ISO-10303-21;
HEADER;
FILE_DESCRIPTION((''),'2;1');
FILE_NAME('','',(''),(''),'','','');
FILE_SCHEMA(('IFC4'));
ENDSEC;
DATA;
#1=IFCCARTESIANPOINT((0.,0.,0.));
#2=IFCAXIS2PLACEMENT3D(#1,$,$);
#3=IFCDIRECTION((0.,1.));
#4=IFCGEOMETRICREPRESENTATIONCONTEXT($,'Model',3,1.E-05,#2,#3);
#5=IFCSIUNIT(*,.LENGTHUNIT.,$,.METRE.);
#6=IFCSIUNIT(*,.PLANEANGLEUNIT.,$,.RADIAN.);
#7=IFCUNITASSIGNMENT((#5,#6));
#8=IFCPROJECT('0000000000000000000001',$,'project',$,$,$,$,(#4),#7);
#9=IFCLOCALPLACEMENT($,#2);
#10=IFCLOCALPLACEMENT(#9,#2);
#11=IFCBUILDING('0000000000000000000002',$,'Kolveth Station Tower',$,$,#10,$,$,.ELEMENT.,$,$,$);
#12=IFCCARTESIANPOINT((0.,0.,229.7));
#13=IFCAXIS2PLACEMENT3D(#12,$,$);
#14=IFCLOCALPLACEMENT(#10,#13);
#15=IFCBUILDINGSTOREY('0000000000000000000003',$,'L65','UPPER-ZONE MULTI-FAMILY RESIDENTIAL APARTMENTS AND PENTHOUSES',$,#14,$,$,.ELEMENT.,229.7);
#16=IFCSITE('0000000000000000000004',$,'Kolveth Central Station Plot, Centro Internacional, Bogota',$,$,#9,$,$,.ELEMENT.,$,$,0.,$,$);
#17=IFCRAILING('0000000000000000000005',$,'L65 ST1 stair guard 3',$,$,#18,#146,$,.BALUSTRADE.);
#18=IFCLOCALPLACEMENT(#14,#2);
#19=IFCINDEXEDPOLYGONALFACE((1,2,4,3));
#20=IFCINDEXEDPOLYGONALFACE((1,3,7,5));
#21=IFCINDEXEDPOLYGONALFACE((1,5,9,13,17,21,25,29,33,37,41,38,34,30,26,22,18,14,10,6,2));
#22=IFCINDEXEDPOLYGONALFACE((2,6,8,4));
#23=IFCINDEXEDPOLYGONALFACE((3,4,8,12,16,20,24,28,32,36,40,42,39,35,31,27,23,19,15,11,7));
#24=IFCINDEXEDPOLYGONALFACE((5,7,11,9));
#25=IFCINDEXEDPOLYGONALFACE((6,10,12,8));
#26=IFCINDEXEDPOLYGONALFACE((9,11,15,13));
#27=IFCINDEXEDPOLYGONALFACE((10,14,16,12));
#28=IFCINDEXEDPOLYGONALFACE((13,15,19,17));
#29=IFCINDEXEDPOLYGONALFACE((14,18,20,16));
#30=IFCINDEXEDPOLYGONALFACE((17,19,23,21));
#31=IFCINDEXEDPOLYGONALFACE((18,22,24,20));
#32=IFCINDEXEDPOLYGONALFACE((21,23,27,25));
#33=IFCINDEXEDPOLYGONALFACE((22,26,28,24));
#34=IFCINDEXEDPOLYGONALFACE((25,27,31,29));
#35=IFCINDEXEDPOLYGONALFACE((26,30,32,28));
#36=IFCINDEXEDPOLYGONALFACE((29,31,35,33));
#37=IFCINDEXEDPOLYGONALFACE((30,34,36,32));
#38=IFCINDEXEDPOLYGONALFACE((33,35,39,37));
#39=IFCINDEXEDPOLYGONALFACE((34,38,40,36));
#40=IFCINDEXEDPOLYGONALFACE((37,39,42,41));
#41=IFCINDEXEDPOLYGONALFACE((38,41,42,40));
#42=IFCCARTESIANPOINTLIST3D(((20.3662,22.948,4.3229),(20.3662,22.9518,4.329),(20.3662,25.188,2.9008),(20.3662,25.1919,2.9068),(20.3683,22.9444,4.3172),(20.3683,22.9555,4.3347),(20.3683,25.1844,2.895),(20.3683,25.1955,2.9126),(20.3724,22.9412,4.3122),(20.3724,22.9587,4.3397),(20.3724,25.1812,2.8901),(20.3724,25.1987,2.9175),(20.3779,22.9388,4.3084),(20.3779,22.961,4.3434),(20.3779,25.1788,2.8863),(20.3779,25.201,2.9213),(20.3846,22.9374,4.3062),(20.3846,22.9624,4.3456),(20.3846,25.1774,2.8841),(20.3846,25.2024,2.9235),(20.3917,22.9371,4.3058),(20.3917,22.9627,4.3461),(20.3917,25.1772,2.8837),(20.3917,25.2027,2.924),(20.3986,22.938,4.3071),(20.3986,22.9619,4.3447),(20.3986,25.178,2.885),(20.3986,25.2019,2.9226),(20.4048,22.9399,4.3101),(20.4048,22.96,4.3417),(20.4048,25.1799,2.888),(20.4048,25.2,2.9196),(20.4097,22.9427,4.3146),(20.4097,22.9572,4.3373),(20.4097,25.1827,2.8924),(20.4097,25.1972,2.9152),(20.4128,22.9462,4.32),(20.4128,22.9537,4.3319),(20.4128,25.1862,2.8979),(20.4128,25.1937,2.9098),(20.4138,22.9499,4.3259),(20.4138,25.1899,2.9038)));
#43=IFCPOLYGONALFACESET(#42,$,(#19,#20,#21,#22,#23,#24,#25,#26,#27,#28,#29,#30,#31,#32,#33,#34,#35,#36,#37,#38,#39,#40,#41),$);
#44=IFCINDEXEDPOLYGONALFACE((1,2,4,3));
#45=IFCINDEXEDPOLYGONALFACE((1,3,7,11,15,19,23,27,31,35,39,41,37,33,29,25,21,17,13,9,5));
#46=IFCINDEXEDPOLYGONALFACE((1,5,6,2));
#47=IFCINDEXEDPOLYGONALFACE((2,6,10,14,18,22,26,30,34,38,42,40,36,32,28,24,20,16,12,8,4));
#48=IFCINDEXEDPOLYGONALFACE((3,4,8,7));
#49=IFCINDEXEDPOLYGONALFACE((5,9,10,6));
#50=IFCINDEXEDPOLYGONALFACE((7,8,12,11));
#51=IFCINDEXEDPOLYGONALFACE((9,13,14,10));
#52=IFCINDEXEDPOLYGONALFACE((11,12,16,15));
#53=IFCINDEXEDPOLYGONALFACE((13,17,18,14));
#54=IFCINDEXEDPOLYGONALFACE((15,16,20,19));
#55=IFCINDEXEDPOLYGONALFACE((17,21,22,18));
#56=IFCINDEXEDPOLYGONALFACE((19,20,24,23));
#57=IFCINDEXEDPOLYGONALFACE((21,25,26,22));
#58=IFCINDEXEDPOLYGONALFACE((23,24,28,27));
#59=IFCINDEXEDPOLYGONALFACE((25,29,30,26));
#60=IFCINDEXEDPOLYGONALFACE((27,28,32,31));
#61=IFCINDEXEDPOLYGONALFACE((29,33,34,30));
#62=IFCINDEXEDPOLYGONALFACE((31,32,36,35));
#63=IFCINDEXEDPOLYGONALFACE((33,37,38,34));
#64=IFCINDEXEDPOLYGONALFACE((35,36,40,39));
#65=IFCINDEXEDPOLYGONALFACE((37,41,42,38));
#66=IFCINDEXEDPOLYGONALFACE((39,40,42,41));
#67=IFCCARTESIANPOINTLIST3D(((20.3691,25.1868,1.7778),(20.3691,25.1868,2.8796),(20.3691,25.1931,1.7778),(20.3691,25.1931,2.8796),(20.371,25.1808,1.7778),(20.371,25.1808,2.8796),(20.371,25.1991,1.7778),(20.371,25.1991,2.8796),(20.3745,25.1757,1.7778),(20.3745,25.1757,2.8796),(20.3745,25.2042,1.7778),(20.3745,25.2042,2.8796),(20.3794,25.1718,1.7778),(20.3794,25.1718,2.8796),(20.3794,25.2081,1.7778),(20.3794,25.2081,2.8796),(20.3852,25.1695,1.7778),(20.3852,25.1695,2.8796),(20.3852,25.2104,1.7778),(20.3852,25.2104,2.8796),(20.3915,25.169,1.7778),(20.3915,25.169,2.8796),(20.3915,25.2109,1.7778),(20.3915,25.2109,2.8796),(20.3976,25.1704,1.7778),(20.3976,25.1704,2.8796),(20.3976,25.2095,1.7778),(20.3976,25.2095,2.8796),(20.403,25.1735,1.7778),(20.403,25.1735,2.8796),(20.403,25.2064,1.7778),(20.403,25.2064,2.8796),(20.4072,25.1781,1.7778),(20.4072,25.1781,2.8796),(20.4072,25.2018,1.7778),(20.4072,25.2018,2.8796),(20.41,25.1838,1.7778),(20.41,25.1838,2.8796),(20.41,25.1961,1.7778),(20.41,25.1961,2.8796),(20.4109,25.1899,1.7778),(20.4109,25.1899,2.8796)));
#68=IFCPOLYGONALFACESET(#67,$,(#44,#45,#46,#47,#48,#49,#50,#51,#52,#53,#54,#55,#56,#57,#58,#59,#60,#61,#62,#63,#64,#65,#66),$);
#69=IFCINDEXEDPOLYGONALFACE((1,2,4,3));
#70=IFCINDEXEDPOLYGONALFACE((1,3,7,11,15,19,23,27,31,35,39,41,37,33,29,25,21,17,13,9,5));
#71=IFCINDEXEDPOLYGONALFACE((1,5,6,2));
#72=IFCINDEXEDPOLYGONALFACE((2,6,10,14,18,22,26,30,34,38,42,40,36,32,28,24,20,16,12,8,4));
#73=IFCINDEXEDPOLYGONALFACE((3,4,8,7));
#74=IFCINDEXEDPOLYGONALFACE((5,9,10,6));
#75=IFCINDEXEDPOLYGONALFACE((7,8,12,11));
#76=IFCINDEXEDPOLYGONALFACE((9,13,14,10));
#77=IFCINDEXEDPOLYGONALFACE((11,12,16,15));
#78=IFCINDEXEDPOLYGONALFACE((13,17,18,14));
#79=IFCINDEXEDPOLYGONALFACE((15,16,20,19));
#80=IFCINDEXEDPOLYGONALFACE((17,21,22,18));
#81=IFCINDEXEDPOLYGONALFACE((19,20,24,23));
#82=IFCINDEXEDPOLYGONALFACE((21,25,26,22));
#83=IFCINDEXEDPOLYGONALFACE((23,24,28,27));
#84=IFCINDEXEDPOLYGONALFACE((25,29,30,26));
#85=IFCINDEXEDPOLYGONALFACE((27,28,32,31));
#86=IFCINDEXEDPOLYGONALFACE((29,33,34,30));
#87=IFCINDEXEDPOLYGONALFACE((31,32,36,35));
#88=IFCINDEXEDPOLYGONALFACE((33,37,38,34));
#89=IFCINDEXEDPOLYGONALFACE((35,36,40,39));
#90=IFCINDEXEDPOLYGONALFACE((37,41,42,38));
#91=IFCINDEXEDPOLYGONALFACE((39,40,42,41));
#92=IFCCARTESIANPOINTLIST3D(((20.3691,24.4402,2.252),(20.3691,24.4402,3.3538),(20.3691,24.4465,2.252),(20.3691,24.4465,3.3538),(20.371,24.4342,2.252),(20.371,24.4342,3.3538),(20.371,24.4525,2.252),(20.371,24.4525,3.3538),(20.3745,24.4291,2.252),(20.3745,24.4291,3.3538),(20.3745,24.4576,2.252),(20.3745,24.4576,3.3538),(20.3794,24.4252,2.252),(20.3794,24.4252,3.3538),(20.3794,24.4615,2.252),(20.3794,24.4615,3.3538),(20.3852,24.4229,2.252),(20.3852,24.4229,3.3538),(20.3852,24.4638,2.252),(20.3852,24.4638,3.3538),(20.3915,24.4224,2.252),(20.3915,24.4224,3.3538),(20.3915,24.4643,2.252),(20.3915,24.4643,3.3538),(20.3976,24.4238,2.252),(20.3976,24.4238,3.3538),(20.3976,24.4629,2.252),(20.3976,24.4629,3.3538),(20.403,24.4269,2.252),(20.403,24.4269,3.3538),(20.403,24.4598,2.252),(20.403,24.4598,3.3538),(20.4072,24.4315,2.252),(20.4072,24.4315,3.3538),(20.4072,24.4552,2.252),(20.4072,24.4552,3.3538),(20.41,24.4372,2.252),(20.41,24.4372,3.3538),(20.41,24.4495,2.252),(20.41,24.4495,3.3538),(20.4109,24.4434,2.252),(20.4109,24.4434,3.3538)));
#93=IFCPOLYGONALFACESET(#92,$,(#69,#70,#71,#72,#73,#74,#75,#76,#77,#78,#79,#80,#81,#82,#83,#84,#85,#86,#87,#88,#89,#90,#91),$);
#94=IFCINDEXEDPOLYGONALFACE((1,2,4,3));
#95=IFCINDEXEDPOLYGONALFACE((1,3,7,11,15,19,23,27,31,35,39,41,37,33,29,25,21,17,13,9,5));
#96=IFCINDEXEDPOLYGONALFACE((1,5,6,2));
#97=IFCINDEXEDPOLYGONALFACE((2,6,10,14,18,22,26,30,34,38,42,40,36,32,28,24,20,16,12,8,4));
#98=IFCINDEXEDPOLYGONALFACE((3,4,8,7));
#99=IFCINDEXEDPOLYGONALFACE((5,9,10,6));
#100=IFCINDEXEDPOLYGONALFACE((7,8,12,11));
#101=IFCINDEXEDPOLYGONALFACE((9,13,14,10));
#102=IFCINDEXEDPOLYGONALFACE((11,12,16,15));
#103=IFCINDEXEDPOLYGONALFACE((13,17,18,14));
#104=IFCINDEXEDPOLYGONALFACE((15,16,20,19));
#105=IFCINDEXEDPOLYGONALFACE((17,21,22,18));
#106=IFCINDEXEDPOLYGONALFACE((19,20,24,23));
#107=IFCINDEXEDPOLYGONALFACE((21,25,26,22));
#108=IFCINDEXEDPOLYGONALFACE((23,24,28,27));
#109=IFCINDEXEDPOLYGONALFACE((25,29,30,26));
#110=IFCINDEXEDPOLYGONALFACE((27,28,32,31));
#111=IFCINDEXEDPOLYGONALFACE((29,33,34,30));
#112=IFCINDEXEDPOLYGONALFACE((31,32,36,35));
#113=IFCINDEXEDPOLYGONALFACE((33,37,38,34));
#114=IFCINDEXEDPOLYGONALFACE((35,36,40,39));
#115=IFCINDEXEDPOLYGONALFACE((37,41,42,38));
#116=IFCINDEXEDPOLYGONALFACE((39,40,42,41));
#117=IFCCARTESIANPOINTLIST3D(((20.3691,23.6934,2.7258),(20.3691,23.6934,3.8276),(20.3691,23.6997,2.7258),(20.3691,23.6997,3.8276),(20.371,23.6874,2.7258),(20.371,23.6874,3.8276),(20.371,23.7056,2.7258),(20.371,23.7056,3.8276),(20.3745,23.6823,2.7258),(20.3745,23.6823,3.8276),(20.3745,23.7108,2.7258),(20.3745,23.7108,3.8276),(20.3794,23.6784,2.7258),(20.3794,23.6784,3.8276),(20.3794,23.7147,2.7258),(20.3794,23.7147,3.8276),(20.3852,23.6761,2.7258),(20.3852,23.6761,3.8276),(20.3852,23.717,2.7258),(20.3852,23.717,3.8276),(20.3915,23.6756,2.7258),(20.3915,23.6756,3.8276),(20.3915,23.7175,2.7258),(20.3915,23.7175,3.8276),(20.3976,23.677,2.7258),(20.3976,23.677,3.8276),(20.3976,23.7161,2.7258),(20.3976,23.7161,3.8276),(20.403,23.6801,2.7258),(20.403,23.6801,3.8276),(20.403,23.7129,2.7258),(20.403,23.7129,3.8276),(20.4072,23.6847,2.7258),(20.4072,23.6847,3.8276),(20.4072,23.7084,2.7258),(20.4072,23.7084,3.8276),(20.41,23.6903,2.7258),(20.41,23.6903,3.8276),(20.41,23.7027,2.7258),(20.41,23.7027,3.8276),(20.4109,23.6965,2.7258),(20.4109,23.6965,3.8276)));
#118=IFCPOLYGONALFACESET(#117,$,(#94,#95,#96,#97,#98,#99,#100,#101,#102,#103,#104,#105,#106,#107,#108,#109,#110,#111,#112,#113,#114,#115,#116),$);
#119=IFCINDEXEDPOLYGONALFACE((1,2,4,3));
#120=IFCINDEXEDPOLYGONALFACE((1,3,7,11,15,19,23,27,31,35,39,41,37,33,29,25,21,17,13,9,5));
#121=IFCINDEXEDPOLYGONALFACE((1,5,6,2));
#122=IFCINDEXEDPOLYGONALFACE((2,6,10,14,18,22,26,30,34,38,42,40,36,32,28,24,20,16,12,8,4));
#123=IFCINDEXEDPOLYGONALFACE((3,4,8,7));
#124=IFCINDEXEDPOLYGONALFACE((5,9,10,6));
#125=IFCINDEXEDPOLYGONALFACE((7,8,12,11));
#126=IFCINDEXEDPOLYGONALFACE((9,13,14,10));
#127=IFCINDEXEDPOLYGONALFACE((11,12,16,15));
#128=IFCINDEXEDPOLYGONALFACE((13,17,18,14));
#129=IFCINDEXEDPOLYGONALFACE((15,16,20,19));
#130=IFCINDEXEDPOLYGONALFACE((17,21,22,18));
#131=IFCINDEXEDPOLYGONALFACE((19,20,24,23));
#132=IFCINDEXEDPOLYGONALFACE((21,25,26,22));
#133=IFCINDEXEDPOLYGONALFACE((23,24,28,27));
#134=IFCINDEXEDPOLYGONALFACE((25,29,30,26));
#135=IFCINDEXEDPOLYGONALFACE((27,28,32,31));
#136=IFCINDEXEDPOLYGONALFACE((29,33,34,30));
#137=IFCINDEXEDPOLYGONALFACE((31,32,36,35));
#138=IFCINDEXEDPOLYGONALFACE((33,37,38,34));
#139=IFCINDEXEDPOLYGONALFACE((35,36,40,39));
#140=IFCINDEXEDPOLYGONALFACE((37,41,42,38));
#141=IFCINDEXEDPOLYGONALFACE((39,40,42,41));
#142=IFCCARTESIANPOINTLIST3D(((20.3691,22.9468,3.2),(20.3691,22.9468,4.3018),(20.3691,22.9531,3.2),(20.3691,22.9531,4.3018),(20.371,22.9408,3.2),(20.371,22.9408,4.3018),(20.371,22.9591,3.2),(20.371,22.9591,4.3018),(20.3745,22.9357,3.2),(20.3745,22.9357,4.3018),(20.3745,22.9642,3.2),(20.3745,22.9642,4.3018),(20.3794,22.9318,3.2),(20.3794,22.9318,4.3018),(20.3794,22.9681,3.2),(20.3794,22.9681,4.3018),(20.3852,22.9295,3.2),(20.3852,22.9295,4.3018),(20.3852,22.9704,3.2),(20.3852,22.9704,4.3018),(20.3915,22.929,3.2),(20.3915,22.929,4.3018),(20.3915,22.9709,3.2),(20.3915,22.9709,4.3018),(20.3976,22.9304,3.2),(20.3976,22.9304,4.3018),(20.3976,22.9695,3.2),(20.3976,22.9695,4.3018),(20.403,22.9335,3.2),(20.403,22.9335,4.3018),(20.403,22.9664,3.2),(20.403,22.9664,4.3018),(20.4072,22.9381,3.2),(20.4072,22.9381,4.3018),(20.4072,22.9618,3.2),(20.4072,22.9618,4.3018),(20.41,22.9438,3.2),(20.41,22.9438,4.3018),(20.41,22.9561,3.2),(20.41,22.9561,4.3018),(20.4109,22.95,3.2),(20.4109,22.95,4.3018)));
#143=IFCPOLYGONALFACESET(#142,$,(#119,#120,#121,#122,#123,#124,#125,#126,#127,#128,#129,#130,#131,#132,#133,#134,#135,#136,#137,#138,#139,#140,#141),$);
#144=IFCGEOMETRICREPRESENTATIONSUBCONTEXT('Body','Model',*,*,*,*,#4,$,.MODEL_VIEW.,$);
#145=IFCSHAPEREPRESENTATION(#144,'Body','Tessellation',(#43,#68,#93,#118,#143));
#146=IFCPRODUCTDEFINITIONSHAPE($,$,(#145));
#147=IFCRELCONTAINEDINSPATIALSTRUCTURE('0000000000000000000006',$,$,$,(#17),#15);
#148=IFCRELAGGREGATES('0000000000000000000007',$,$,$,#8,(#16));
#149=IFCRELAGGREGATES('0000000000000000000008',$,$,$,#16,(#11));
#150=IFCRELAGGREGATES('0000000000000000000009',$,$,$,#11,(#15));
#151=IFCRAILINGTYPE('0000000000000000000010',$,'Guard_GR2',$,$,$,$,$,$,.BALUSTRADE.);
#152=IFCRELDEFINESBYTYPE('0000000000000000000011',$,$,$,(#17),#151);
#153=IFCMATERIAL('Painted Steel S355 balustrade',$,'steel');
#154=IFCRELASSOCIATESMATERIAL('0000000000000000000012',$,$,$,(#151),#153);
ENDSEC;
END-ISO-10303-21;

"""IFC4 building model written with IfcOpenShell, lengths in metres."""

from ifc_helpers import new_model, si_unit, direction, frame, origin, origin_2d, place, context, subcontext, project, spatial, circle, extrude, material, type_object, element, save


model = new_model("IFC4")

# Units and contexts
model_context = context("Model", 3, precision=1e-05, world=origin(), true_north=direction((0.0, 1.0)))
body_context = subcontext(model_context, "Body", "Model", "MODEL_VIEW")
ifc_project = project(units=[si_unit("LENGTHUNIT", "METRE"), si_unit("PLANEANGLEUNIT", "RADIAN")], contexts=[model_context])

# Site, building, storey
site_placement = place(None, origin())
site = spatial("IfcSite", under=ifc_project, at=site_placement, Name="Kolveth Central Station Plot, Centro Internacional, Bogota", CompositionType="ELEMENT", RefElevation=0.0)
building_placement = place(site_placement, origin())
building = spatial("IfcBuilding", under=site, at=building_placement, Name="Kolveth Station Tower", CompositionType="ELEMENT")
storey_placement = place(building_placement, frame((0.0, 0.0, 229.7)))
storey = spatial("IfcBuildingStorey", under=building, at=storey_placement, Name="L65", Description="UPPER-ZONE MULTI-FAMILY RESIDENTIAL APARTMENTS AND PENTHOUSES", CompositionType="ELEMENT", Elevation=229.7)

# Railing
ifc_material_1 = material(Name="Painted Steel S355 balustrade", Category="steel")
railing_type_1 = type_object("IfcRailingType", Name="Guard_GR2", PredefinedType="BALUSTRADE", material=ifc_material_1)
railing_1_placement = place(storey_placement, frame((20.3899, 25.1899, 1.7778)))
element("IfcRailing", 1, at=railing_1_placement, inside=storey, type_object=railing_type_1, Name="L65 ST1 stair guard 3", PredefinedType="BALUSTRADE", context=body_context, shape_type="SweptSolid", body=[
    extrude(circle(Radius=0.0239, at=origin_2d()), frame((0.0, 0.0, 1.126), z_axis=(0.0, -0.844229, 0.535982), x_axis=(1.0, 0.0, 0.0)), (0.0, 0.0, 1.0), 2.6533),
    extrude(circle(Radius=0.021, at=origin_2d()), origin(), (0.0, 0.0, 1.0), 1.1018),
    extrude(circle(Radius=0.021, at=origin_2d()), frame((0.0, -0.7466, 0.4741)), (0.0, 0.0, 1.0), 1.1018),
    extrude(circle(Radius=0.021, at=origin_2d()), frame((0.0, -1.4934, 0.948)), (0.0, 0.0, 1.0), 1.1018),
    extrude(circle(Radius=0.021, at=origin_2d()), frame((0.0, -2.24, 1.4221)), (0.0, 0.0, 1.0), 1.1018),
])

save(model, "model.ifc")
